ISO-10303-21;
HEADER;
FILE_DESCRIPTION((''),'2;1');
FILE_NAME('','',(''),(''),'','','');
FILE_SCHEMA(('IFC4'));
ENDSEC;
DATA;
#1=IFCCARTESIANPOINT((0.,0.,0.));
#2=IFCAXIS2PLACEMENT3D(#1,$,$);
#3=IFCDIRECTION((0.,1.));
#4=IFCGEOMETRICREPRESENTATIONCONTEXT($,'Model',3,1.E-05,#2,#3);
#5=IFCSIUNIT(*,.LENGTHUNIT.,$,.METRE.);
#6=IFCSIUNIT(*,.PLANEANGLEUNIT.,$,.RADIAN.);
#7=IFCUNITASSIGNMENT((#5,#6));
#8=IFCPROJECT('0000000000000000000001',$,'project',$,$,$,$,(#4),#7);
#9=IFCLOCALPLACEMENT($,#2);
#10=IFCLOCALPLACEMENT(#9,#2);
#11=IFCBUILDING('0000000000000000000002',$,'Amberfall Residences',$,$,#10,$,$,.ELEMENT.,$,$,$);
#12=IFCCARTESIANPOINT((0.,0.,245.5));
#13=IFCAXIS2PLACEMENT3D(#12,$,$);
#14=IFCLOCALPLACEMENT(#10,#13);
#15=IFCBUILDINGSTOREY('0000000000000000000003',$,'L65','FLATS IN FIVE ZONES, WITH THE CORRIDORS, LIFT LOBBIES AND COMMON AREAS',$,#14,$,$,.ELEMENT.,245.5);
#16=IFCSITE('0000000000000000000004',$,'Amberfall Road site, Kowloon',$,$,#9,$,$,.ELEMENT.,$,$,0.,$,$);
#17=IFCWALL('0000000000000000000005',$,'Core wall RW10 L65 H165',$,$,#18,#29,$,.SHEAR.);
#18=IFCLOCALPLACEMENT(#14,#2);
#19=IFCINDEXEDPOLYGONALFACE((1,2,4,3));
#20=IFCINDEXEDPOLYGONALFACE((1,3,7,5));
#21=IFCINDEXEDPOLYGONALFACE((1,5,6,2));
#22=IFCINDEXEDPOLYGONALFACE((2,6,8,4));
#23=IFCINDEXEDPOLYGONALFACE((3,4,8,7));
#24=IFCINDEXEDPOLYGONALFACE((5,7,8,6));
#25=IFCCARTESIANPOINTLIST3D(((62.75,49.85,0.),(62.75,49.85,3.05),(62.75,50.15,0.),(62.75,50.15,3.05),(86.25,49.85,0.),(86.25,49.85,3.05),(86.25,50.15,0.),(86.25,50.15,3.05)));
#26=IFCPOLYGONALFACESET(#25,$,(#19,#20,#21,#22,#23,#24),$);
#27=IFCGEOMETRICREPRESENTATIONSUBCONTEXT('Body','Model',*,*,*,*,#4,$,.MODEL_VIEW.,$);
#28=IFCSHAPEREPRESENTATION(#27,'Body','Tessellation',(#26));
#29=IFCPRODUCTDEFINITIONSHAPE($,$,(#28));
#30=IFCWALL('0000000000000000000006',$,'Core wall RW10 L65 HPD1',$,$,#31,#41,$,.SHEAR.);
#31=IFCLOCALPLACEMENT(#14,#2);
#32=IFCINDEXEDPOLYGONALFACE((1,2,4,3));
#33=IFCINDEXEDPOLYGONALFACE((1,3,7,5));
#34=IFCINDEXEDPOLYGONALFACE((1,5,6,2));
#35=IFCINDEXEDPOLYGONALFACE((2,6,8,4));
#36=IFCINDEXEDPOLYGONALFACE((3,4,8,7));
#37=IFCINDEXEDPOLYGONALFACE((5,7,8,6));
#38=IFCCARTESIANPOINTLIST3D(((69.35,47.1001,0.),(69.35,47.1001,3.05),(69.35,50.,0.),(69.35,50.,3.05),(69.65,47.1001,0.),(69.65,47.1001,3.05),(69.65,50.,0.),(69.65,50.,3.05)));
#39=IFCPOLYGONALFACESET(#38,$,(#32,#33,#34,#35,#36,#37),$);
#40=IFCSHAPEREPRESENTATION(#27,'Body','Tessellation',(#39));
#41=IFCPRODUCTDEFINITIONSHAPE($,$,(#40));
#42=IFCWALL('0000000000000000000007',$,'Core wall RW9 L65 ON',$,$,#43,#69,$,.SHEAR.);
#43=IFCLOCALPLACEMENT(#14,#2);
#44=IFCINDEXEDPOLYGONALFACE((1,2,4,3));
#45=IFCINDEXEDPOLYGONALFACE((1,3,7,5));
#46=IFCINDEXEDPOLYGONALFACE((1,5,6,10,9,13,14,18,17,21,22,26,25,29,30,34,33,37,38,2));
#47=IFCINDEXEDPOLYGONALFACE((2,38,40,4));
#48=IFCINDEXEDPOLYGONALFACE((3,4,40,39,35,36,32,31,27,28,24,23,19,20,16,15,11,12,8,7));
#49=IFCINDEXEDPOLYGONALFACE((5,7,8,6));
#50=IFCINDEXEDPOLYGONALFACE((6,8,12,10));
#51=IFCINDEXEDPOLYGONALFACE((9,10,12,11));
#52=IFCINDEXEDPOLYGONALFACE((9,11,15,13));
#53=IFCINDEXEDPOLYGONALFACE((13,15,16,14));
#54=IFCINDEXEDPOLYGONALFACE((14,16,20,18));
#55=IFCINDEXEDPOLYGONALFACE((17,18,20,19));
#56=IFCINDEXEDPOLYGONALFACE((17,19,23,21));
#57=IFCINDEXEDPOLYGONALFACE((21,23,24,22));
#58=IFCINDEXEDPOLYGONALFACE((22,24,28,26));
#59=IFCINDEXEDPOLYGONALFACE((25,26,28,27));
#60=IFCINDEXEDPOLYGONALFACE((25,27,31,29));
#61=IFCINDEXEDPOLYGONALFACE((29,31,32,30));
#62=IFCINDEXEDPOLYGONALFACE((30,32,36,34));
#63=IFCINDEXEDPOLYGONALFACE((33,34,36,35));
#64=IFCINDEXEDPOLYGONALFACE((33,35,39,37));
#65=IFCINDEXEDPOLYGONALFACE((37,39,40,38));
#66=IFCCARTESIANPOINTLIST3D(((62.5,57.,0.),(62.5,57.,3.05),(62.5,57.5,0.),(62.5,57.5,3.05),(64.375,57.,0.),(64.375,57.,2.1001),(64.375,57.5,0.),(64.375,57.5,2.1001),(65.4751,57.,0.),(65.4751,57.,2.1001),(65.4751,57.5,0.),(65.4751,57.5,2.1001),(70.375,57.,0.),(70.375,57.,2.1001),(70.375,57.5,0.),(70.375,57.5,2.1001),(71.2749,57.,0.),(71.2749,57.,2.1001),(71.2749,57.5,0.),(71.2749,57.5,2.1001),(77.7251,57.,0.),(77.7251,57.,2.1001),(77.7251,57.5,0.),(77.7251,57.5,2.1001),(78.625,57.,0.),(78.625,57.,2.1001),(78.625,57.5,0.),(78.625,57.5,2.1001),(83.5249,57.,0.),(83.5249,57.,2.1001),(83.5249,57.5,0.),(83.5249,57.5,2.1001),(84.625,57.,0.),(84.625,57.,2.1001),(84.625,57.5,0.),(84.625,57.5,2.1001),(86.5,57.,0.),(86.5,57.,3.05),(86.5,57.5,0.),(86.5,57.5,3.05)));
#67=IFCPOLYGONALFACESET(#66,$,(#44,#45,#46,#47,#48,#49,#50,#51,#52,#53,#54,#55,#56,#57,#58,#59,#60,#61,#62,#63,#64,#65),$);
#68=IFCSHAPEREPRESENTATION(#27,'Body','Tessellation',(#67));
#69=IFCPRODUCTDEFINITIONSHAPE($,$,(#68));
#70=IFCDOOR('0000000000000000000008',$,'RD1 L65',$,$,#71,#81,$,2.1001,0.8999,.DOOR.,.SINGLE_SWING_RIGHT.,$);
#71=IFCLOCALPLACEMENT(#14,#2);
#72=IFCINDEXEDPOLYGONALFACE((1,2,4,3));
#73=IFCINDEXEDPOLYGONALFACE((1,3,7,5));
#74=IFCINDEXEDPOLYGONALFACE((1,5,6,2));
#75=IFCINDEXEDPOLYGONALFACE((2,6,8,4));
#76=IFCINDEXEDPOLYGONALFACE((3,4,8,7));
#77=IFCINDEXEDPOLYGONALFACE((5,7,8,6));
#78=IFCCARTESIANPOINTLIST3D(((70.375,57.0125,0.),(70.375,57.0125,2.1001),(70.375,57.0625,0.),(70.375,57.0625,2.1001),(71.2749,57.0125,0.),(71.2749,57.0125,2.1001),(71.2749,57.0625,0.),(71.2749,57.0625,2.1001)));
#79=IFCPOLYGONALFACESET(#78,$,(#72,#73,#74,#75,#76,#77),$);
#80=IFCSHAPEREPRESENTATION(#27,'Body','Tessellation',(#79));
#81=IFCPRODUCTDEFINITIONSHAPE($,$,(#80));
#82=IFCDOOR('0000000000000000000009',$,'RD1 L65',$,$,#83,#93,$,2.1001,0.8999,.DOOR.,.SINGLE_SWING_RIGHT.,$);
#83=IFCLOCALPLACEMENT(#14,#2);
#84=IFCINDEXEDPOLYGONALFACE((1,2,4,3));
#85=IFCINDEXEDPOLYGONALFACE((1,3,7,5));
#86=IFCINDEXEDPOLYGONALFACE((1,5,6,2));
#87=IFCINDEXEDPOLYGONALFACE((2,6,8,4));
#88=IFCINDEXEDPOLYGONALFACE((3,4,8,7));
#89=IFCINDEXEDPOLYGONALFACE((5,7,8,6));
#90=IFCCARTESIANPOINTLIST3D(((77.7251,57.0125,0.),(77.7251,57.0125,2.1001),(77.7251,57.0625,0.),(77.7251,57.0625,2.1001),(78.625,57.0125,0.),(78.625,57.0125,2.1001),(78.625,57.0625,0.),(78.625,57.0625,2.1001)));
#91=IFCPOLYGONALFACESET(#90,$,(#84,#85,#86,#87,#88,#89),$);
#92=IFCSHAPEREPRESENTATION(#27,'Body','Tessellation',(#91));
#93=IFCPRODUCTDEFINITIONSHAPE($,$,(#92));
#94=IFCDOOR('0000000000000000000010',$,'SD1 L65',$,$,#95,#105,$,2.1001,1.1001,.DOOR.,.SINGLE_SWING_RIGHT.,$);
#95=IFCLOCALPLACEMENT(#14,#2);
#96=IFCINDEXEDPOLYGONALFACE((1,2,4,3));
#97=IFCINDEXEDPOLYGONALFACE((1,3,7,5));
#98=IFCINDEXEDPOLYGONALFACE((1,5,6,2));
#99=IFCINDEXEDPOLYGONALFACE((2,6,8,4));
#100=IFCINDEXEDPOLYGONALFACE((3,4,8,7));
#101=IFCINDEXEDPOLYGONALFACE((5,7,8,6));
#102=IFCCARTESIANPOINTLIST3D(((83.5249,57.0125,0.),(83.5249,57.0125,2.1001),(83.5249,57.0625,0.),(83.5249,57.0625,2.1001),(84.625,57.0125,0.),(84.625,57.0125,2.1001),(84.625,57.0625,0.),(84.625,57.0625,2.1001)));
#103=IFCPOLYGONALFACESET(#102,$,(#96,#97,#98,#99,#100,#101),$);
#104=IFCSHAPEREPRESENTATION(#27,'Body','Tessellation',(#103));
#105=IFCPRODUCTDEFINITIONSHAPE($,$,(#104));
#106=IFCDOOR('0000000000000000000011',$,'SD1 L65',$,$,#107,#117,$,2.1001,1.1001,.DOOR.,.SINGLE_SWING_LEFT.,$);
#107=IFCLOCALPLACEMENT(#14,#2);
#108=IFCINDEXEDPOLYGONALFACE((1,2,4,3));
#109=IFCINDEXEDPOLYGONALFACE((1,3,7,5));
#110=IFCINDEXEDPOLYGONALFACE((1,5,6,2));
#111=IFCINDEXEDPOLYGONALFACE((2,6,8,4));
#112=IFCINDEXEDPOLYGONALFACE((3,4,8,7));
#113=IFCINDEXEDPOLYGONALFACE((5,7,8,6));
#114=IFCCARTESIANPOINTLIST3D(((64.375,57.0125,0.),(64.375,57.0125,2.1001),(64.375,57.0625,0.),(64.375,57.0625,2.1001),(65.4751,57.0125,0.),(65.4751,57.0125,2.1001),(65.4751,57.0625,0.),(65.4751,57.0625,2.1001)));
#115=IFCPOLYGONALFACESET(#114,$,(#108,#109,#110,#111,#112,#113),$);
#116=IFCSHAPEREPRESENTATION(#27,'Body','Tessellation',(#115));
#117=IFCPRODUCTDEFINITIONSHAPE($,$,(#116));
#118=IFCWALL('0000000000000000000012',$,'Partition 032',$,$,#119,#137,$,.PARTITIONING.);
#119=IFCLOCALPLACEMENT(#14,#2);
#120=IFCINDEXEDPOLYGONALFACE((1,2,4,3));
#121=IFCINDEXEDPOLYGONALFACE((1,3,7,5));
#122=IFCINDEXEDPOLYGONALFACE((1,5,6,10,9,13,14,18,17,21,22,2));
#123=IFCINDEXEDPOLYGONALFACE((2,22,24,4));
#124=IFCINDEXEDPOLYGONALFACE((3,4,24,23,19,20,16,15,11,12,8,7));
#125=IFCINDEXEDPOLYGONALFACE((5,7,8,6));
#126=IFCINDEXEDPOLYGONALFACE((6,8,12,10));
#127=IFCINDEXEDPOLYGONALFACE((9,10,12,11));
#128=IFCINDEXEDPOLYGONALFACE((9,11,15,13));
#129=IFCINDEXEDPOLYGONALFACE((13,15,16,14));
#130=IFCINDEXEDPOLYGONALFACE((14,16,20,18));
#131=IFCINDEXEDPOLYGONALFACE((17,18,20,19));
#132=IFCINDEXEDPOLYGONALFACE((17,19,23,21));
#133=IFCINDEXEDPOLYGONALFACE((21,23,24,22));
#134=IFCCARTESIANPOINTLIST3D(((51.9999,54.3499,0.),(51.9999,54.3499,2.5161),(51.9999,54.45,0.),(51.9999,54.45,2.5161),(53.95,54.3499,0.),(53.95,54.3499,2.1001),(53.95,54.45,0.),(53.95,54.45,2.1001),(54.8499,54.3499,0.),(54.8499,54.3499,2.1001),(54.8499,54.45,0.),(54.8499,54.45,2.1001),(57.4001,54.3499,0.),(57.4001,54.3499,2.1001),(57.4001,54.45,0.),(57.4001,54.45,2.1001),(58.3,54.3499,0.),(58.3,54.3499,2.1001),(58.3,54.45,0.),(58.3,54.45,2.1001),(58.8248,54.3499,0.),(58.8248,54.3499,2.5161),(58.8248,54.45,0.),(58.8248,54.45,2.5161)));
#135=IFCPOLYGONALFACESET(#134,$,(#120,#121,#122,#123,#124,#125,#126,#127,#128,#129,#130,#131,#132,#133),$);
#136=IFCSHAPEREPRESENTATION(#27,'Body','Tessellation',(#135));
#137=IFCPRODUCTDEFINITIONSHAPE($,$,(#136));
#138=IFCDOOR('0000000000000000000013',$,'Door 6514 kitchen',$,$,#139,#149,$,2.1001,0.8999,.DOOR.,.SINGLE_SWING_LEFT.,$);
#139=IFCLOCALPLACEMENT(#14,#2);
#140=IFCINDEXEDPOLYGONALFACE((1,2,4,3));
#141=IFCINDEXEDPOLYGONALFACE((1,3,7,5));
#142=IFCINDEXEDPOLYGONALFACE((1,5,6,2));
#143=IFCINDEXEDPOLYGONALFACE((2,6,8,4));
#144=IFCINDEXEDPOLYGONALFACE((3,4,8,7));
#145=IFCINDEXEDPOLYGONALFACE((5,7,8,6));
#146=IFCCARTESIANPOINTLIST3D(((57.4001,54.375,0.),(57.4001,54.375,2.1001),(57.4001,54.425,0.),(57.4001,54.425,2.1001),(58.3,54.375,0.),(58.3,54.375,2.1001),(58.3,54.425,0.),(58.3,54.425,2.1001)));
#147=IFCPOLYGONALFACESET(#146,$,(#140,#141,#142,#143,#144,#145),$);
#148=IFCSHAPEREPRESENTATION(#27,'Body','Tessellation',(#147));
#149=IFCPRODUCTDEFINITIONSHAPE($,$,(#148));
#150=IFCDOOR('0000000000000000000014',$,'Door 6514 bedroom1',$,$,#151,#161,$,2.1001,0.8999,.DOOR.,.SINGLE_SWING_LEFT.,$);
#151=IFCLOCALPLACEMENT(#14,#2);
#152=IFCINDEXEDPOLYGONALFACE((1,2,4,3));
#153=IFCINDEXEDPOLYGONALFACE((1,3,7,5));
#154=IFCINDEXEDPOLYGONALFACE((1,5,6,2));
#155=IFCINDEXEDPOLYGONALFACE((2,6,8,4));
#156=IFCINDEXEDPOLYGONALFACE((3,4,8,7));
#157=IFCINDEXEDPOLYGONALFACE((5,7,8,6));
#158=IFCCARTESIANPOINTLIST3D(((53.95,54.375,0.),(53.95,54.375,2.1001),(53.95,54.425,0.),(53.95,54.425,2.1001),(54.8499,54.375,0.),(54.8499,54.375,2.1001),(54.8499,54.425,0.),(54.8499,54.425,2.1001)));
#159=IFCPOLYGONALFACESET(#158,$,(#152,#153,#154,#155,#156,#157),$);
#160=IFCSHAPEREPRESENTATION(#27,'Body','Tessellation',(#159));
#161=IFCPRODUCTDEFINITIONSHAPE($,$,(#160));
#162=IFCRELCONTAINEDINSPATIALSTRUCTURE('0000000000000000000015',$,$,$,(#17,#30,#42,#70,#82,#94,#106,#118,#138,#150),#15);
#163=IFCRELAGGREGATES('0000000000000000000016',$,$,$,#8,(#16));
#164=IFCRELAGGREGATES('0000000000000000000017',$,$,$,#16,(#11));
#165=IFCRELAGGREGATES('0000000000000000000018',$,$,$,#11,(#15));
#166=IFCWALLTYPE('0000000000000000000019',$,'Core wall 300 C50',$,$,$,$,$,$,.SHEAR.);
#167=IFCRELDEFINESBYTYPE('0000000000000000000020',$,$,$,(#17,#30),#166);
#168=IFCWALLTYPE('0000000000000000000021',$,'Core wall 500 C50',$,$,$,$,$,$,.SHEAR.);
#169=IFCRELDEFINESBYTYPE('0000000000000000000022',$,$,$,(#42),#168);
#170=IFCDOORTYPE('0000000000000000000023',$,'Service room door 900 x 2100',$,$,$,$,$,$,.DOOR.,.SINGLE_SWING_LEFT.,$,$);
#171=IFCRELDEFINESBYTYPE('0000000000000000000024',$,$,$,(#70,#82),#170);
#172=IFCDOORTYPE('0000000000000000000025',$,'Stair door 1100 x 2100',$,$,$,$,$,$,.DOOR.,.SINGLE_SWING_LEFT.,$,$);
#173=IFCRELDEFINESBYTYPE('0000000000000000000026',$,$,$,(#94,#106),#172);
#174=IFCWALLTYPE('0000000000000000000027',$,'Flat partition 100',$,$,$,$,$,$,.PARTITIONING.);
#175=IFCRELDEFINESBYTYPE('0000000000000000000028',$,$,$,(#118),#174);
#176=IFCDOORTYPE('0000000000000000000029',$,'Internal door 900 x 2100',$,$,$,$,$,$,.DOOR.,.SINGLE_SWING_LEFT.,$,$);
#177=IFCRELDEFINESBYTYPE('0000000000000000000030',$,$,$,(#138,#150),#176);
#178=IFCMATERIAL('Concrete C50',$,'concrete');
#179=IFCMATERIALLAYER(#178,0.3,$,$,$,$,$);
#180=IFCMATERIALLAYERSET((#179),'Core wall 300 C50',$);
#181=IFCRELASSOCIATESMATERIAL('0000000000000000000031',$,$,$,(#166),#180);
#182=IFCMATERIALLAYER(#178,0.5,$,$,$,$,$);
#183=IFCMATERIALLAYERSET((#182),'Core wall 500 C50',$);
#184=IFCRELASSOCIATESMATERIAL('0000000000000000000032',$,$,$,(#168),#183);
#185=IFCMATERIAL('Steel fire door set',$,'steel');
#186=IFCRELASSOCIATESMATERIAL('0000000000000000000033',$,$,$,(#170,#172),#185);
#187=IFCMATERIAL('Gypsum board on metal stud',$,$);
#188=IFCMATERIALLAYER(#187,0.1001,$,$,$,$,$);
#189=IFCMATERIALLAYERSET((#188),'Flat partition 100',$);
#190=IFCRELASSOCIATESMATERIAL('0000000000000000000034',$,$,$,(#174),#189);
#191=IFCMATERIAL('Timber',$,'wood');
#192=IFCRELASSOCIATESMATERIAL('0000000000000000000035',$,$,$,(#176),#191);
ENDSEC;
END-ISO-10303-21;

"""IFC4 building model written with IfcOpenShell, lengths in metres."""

from ifc_helpers import new_model, si_unit, direction, frame, frame_2d, origin, place, context, subcontext, project, spatial, rectangle, extrude, material, layer, layer_set, type_object, element, fill, save


model = new_model("IFC4")

# Units and contexts
model_context = context("Model", 3, precision=1e-05, world=origin(), true_north=direction((0.0, 1.0)))
body_context = subcontext(model_context, "Body", "Model", "MODEL_VIEW")
ifc_project = project(units=[si_unit("LENGTHUNIT", "METRE"), si_unit("PLANEANGLEUNIT", "RADIAN")], contexts=[model_context])

# Site, building, storey
site_placement = place(None, origin())
site = spatial("IfcSite", under=ifc_project, at=site_placement, Name="Amberfall Road site, Kowloon", CompositionType="ELEMENT", RefElevation=0.0)
building_placement = place(site_placement, origin())
building = spatial("IfcBuilding", under=site, at=building_placement, Name="Amberfall Residences", CompositionType="ELEMENT")
storey_placement = place(building_placement, frame((0.0, 0.0, 245.5)))
storey = spatial("IfcBuildingStorey", under=building, at=storey_placement, Name="L65", Description="FLATS IN FIVE ZONES, WITH THE CORRIDORS, LIFT LOBBIES AND COMMON AREAS", CompositionType="ELEMENT", Elevation=245.5)

# Walls
ifc_material_1 = material(Name="Concrete C50", Category="concrete")
ifc_layer_1 = layer(ifc_material_1, 0.3)
ifc_layer_set_1 = layer_set([ifc_layer_1], Name="Core wall 300 C50")
wall_type_1 = type_object("IfcWallType", Name="Core wall 300 C50", PredefinedType="SHEAR", material=ifc_layer_set_1)
wall_1_placement = place(storey_placement, frame((62.75, 50.0, 0.0), z_axis=(0.0, 0.0, 1.0), x_axis=(1.0, 0.0, 0.0)))
element("IfcWall", 1, at=wall_1_placement, inside=storey, type_object=wall_type_1, Name="Core wall RW10 L65 H165", PredefinedType="SHEAR", context=body_context, shape_type="SweptSolid", body=[
    extrude(rectangle(XDim=23.5, YDim=0.3, at=frame_2d((11.75, 0.0))), origin(), (0.0, 0.0, 1.0), 3.05),
])
wall_2_placement = place(storey_placement, frame((69.5, 47.1001, 0.0), z_axis=(0.0, 0.0, 1.0), x_axis=(0.0, 1.0, 0.0)))
element("IfcWall", 2, at=wall_2_placement, inside=storey, type_object=wall_type_1, Name="Core wall RW10 L65 HPD1", PredefinedType="SHEAR", context=body_context, shape_type="SweptSolid", body=[
    extrude(rectangle(XDim=2.8999, YDim=0.3, at=frame_2d((1.45, 0.0))), origin(), (0.0, 0.0, 1.0), 3.05),
])

# Walls, openings, doors
ifc_layer_2 = layer(ifc_material_1, 0.5)
ifc_layer_set_2 = layer_set([ifc_layer_2], Name="Core wall 500 C50")
wall_type_2 = type_object("IfcWallType", Name="Core wall 500 C50", PredefinedType="SHEAR", material=ifc_layer_set_2)
wall_3_placement = place(storey_placement, frame((62.5, 57.25, 0.0), z_axis=(0.0, 0.0, 1.0), x_axis=(1.0, 0.0, 0.0)))
wall_3 = element("IfcWall", 3, at=wall_3_placement, inside=storey, type_object=wall_type_2, Name="Core wall RW9 L65 ON", PredefinedType="SHEAR", context=body_context, shape_type="SweptSolid", body=[
    extrude(rectangle(XDim=24.0, YDim=0.5, at=frame_2d((12.0, 0.0))), origin(), (0.0, 0.0, 1.0), 3.05),
])
opening_1_placement = place(wall_3_placement, frame((21.0249, 0.0, 0.0)))
opening_1 = element("IfcOpeningElement", 4, at=opening_1_placement, cuts=wall_3, PredefinedType="OPENING", context=body_context, shape_type="SweptSolid", body=[
    extrude(rectangle(XDim=1.1001, YDim=2.1001, at=frame_2d((0.55, 1.05))), frame((0.0, 0.26, 0.0), z_axis=(0.0, -1.0, 0.0), x_axis=(1.0, 0.0, 0.0)), (0.0, 0.0, 1.0), 0.52),
])
opening_2_placement = place(wall_3_placement, frame((1.875, 0.0, 0.0)))
opening_2 = element("IfcOpeningElement", 5, at=opening_2_placement, cuts=wall_3, PredefinedType="OPENING", context=body_context, shape_type="SweptSolid", body=[
    extrude(rectangle(XDim=1.1001, YDim=2.1001, at=frame_2d((0.55, 1.05))), frame((0.0, 0.26, 0.0), z_axis=(0.0, -1.0, 0.0), x_axis=(1.0, 0.0, 0.0)), (0.0, 0.0, 1.0), 0.52),
])
opening_3_placement = place(wall_3_placement, frame((7.875, 0.0, 0.0)))
opening_3 = element("IfcOpeningElement", 6, at=opening_3_placement, cuts=wall_3, PredefinedType="OPENING", context=body_context, shape_type="SweptSolid", body=[
    extrude(rectangle(XDim=0.8999, YDim=2.1001, at=frame_2d((0.45, 1.05))), frame((0.0, 0.26, 0.0), z_axis=(0.0, -1.0, 0.0), x_axis=(1.0, 0.0, 0.0)), (0.0, 0.0, 1.0), 0.52),
])
opening_4_placement = place(wall_3_placement, frame((15.2251, 0.0, 0.0)))
opening_4 = element("IfcOpeningElement", 7, at=opening_4_placement, cuts=wall_3, PredefinedType="OPENING", context=body_context, shape_type="SweptSolid", body=[
    extrude(rectangle(XDim=0.8999, YDim=2.1001, at=frame_2d((0.45, 1.05))), frame((0.0, 0.26, 0.0), z_axis=(0.0, -1.0, 0.0), x_axis=(1.0, 0.0, 0.0)), (0.0, 0.0, 1.0), 0.52),
])
ifc_material_2 = material(Name="Steel fire door set", Category="steel")
door_type_1 = type_object("IfcDoorType", Name="Service room door 900 x 2100", OperationType="SINGLE_SWING_LEFT", PredefinedType="DOOR", material=ifc_material_2)
door_1_placement = place(opening_3_placement, origin())
door_1 = element("IfcDoor", 8, at=door_1_placement, inside=storey, type_object=door_type_1, Name="RD1 L65", OperationType="SINGLE_SWING_RIGHT", OverallHeight=2.1001, OverallWidth=0.8999, PredefinedType="DOOR", context=body_context, shape_type="SweptSolid", body=[
    extrude(rectangle(XDim=0.8999, YDim=2.1001, at=frame_2d((0.45, 1.05))), frame((0.0, -0.1875, 0.0), z_axis=(0.0, -1.0, 0.0), x_axis=(1.0, 0.0, 0.0)), (0.0, 0.0, 1.0), 0.05),
])
fill(opening_3, door_1)
door_2_placement = place(opening_4_placement, origin())
door_2 = element("IfcDoor", 9, at=door_2_placement, inside=storey, type_object=door_type_1, Name="RD1 L65", OperationType="SINGLE_SWING_RIGHT", OverallHeight=2.1001, OverallWidth=0.8999, PredefinedType="DOOR", context=body_context, shape_type="SweptSolid", body=[
    extrude(rectangle(XDim=0.8999, YDim=2.1001, at=frame_2d((0.45, 1.05))), frame((0.0, -0.1875, 0.0), z_axis=(0.0, -1.0, 0.0), x_axis=(1.0, 0.0, 0.0)), (0.0, 0.0, 1.0), 0.05),
])
fill(opening_4, door_2)
door_type_2 = type_object("IfcDoorType", Name="Stair door 1100 x 2100", OperationType="SINGLE_SWING_LEFT", PredefinedType="DOOR", material=ifc_material_2)
door_3_placement = place(opening_1_placement, origin())
door_3 = element("IfcDoor", 10, at=door_3_placement, inside=storey, type_object=door_type_2, Name="SD1 L65", OperationType="SINGLE_SWING_RIGHT", OverallHeight=2.1001, OverallWidth=1.1001, PredefinedType="DOOR", context=body_context, shape_type="SweptSolid", body=[
    extrude(rectangle(XDim=1.1001, YDim=2.1001, at=frame_2d((0.55, 1.05))), frame((0.0, -0.1875, 0.0), z_axis=(0.0, -1.0, 0.0), x_axis=(1.0, 0.0, 0.0)), (0.0, 0.0, 1.0), 0.05),
])
fill(opening_1, door_3)
door_4_placement = place(opening_2_placement, origin())
door_4 = element("IfcDoor", 11, at=door_4_placement, inside=storey, type_object=door_type_2, Name="SD1 L65", OperationType="SINGLE_SWING_LEFT", OverallHeight=2.1001, OverallWidth=1.1001, PredefinedType="DOOR", context=body_context, shape_type="SweptSolid", body=[
    extrude(rectangle(XDim=1.1001, YDim=2.1001, at=frame_2d((0.55, 1.05))), frame((0.0, -0.1875, 0.0), z_axis=(0.0, -1.0, 0.0), x_axis=(1.0, 0.0, 0.0)), (0.0, 0.0, 1.0), 0.05),
])
fill(opening_2, door_4)
ifc_material_3 = material(Name="Gypsum board on metal stud")
ifc_layer_3 = layer(ifc_material_3, 0.1001)
ifc_layer_set_3 = layer_set([ifc_layer_3], Name="Flat partition 100")
wall_type_3 = type_object("IfcWallType", Name="Flat partition 100", PredefinedType="PARTITIONING", material=ifc_layer_set_3)
wall_4_placement = place(storey_placement, frame((58.825, 54.3999, 0.0), z_axis=(0.0, 0.0, 1.0), x_axis=(-1.0, 0.0, 0.0)))
wall_4 = element("IfcWall", 12, at=wall_4_placement, inside=storey, type_object=wall_type_3, Name="Partition 032", PredefinedType="PARTITIONING", context=body_context, shape_type="SweptSolid", body=[
    extrude(rectangle(XDim=6.825, YDim=0.1001, at=frame_2d((3.4126, 0.0))), origin(), (0.0, 0.0, 1.0), 2.5161),
])
opening_5_placement = place(wall_4_placement, frame((0.5249, 0.0, 0.0)))
opening_5 = element("IfcOpeningElement", 13, at=opening_5_placement, cuts=wall_4, PredefinedType="OPENING", context=body_context, shape_type="SweptSolid", body=[
    extrude(rectangle(XDim=0.8999, YDim=2.1001, at=frame_2d((0.45, 1.05))), frame((0.0, 0.0601, 0.0), z_axis=(0.0, -1.0, 0.0), x_axis=(1.0, 0.0, 0.0)), (0.0, 0.0, 1.0), 0.1201),
])
opening_6_placement = place(wall_4_placement, frame((3.9751, 0.0, 0.0)))
opening_6 = element("IfcOpeningElement", 14, at=opening_6_placement, cuts=wall_4, PredefinedType="OPENING", context=body_context, shape_type="SweptSolid", body=[
    extrude(rectangle(XDim=0.8999, YDim=2.1001, at=frame_2d((0.45, 1.05))), frame((0.0, 0.0601, 0.0), z_axis=(0.0, -1.0, 0.0), x_axis=(1.0, 0.0, 0.0)), (0.0, 0.0, 1.0), 0.1201),
])
ifc_material_4 = material(Name="Timber", Category="wood")
door_type_3 = type_object("IfcDoorType", Name="Internal door 900 x 2100", OperationType="SINGLE_SWING_LEFT", PredefinedType="DOOR", material=ifc_material_4)
door_5_placement = place(opening_5_placement, origin())
door_5 = element("IfcDoor", 15, at=door_5_placement, inside=storey, type_object=door_type_3, Name="Door 6514 kitchen", OperationType="SINGLE_SWING_LEFT", OverallHeight=2.1001, OverallWidth=0.8999, PredefinedType="DOOR", context=body_context, shape_type="SweptSolid", body=[
    extrude(rectangle(XDim=0.8999, YDim=2.1001, at=frame_2d((0.45, 1.05))), frame((0.0, 0.0249, 0.0), z_axis=(0.0, -1.0, 0.0), x_axis=(1.0, 0.0, 0.0)), (0.0, 0.0, 1.0), 0.05),
])
fill(opening_5, door_5)
door_6_placement = place(opening_6_placement, origin())
door_6 = element("IfcDoor", 16, at=door_6_placement, inside=storey, type_object=door_type_3, Name="Door 6514 bedroom1", OperationType="SINGLE_SWING_LEFT", OverallHeight=2.1001, OverallWidth=0.8999, PredefinedType="DOOR", context=body_context, shape_type="SweptSolid", body=[
    extrude(rectangle(XDim=0.8999, YDim=2.1001, at=frame_2d((0.45, 1.05))), frame((0.0, 0.0249, 0.0), z_axis=(0.0, -1.0, 0.0), x_axis=(1.0, 0.0, 0.0)), (0.0, 0.0, 1.0), 0.05),
])
fill(opening_6, door_6)

save(model, "model.ifc")
